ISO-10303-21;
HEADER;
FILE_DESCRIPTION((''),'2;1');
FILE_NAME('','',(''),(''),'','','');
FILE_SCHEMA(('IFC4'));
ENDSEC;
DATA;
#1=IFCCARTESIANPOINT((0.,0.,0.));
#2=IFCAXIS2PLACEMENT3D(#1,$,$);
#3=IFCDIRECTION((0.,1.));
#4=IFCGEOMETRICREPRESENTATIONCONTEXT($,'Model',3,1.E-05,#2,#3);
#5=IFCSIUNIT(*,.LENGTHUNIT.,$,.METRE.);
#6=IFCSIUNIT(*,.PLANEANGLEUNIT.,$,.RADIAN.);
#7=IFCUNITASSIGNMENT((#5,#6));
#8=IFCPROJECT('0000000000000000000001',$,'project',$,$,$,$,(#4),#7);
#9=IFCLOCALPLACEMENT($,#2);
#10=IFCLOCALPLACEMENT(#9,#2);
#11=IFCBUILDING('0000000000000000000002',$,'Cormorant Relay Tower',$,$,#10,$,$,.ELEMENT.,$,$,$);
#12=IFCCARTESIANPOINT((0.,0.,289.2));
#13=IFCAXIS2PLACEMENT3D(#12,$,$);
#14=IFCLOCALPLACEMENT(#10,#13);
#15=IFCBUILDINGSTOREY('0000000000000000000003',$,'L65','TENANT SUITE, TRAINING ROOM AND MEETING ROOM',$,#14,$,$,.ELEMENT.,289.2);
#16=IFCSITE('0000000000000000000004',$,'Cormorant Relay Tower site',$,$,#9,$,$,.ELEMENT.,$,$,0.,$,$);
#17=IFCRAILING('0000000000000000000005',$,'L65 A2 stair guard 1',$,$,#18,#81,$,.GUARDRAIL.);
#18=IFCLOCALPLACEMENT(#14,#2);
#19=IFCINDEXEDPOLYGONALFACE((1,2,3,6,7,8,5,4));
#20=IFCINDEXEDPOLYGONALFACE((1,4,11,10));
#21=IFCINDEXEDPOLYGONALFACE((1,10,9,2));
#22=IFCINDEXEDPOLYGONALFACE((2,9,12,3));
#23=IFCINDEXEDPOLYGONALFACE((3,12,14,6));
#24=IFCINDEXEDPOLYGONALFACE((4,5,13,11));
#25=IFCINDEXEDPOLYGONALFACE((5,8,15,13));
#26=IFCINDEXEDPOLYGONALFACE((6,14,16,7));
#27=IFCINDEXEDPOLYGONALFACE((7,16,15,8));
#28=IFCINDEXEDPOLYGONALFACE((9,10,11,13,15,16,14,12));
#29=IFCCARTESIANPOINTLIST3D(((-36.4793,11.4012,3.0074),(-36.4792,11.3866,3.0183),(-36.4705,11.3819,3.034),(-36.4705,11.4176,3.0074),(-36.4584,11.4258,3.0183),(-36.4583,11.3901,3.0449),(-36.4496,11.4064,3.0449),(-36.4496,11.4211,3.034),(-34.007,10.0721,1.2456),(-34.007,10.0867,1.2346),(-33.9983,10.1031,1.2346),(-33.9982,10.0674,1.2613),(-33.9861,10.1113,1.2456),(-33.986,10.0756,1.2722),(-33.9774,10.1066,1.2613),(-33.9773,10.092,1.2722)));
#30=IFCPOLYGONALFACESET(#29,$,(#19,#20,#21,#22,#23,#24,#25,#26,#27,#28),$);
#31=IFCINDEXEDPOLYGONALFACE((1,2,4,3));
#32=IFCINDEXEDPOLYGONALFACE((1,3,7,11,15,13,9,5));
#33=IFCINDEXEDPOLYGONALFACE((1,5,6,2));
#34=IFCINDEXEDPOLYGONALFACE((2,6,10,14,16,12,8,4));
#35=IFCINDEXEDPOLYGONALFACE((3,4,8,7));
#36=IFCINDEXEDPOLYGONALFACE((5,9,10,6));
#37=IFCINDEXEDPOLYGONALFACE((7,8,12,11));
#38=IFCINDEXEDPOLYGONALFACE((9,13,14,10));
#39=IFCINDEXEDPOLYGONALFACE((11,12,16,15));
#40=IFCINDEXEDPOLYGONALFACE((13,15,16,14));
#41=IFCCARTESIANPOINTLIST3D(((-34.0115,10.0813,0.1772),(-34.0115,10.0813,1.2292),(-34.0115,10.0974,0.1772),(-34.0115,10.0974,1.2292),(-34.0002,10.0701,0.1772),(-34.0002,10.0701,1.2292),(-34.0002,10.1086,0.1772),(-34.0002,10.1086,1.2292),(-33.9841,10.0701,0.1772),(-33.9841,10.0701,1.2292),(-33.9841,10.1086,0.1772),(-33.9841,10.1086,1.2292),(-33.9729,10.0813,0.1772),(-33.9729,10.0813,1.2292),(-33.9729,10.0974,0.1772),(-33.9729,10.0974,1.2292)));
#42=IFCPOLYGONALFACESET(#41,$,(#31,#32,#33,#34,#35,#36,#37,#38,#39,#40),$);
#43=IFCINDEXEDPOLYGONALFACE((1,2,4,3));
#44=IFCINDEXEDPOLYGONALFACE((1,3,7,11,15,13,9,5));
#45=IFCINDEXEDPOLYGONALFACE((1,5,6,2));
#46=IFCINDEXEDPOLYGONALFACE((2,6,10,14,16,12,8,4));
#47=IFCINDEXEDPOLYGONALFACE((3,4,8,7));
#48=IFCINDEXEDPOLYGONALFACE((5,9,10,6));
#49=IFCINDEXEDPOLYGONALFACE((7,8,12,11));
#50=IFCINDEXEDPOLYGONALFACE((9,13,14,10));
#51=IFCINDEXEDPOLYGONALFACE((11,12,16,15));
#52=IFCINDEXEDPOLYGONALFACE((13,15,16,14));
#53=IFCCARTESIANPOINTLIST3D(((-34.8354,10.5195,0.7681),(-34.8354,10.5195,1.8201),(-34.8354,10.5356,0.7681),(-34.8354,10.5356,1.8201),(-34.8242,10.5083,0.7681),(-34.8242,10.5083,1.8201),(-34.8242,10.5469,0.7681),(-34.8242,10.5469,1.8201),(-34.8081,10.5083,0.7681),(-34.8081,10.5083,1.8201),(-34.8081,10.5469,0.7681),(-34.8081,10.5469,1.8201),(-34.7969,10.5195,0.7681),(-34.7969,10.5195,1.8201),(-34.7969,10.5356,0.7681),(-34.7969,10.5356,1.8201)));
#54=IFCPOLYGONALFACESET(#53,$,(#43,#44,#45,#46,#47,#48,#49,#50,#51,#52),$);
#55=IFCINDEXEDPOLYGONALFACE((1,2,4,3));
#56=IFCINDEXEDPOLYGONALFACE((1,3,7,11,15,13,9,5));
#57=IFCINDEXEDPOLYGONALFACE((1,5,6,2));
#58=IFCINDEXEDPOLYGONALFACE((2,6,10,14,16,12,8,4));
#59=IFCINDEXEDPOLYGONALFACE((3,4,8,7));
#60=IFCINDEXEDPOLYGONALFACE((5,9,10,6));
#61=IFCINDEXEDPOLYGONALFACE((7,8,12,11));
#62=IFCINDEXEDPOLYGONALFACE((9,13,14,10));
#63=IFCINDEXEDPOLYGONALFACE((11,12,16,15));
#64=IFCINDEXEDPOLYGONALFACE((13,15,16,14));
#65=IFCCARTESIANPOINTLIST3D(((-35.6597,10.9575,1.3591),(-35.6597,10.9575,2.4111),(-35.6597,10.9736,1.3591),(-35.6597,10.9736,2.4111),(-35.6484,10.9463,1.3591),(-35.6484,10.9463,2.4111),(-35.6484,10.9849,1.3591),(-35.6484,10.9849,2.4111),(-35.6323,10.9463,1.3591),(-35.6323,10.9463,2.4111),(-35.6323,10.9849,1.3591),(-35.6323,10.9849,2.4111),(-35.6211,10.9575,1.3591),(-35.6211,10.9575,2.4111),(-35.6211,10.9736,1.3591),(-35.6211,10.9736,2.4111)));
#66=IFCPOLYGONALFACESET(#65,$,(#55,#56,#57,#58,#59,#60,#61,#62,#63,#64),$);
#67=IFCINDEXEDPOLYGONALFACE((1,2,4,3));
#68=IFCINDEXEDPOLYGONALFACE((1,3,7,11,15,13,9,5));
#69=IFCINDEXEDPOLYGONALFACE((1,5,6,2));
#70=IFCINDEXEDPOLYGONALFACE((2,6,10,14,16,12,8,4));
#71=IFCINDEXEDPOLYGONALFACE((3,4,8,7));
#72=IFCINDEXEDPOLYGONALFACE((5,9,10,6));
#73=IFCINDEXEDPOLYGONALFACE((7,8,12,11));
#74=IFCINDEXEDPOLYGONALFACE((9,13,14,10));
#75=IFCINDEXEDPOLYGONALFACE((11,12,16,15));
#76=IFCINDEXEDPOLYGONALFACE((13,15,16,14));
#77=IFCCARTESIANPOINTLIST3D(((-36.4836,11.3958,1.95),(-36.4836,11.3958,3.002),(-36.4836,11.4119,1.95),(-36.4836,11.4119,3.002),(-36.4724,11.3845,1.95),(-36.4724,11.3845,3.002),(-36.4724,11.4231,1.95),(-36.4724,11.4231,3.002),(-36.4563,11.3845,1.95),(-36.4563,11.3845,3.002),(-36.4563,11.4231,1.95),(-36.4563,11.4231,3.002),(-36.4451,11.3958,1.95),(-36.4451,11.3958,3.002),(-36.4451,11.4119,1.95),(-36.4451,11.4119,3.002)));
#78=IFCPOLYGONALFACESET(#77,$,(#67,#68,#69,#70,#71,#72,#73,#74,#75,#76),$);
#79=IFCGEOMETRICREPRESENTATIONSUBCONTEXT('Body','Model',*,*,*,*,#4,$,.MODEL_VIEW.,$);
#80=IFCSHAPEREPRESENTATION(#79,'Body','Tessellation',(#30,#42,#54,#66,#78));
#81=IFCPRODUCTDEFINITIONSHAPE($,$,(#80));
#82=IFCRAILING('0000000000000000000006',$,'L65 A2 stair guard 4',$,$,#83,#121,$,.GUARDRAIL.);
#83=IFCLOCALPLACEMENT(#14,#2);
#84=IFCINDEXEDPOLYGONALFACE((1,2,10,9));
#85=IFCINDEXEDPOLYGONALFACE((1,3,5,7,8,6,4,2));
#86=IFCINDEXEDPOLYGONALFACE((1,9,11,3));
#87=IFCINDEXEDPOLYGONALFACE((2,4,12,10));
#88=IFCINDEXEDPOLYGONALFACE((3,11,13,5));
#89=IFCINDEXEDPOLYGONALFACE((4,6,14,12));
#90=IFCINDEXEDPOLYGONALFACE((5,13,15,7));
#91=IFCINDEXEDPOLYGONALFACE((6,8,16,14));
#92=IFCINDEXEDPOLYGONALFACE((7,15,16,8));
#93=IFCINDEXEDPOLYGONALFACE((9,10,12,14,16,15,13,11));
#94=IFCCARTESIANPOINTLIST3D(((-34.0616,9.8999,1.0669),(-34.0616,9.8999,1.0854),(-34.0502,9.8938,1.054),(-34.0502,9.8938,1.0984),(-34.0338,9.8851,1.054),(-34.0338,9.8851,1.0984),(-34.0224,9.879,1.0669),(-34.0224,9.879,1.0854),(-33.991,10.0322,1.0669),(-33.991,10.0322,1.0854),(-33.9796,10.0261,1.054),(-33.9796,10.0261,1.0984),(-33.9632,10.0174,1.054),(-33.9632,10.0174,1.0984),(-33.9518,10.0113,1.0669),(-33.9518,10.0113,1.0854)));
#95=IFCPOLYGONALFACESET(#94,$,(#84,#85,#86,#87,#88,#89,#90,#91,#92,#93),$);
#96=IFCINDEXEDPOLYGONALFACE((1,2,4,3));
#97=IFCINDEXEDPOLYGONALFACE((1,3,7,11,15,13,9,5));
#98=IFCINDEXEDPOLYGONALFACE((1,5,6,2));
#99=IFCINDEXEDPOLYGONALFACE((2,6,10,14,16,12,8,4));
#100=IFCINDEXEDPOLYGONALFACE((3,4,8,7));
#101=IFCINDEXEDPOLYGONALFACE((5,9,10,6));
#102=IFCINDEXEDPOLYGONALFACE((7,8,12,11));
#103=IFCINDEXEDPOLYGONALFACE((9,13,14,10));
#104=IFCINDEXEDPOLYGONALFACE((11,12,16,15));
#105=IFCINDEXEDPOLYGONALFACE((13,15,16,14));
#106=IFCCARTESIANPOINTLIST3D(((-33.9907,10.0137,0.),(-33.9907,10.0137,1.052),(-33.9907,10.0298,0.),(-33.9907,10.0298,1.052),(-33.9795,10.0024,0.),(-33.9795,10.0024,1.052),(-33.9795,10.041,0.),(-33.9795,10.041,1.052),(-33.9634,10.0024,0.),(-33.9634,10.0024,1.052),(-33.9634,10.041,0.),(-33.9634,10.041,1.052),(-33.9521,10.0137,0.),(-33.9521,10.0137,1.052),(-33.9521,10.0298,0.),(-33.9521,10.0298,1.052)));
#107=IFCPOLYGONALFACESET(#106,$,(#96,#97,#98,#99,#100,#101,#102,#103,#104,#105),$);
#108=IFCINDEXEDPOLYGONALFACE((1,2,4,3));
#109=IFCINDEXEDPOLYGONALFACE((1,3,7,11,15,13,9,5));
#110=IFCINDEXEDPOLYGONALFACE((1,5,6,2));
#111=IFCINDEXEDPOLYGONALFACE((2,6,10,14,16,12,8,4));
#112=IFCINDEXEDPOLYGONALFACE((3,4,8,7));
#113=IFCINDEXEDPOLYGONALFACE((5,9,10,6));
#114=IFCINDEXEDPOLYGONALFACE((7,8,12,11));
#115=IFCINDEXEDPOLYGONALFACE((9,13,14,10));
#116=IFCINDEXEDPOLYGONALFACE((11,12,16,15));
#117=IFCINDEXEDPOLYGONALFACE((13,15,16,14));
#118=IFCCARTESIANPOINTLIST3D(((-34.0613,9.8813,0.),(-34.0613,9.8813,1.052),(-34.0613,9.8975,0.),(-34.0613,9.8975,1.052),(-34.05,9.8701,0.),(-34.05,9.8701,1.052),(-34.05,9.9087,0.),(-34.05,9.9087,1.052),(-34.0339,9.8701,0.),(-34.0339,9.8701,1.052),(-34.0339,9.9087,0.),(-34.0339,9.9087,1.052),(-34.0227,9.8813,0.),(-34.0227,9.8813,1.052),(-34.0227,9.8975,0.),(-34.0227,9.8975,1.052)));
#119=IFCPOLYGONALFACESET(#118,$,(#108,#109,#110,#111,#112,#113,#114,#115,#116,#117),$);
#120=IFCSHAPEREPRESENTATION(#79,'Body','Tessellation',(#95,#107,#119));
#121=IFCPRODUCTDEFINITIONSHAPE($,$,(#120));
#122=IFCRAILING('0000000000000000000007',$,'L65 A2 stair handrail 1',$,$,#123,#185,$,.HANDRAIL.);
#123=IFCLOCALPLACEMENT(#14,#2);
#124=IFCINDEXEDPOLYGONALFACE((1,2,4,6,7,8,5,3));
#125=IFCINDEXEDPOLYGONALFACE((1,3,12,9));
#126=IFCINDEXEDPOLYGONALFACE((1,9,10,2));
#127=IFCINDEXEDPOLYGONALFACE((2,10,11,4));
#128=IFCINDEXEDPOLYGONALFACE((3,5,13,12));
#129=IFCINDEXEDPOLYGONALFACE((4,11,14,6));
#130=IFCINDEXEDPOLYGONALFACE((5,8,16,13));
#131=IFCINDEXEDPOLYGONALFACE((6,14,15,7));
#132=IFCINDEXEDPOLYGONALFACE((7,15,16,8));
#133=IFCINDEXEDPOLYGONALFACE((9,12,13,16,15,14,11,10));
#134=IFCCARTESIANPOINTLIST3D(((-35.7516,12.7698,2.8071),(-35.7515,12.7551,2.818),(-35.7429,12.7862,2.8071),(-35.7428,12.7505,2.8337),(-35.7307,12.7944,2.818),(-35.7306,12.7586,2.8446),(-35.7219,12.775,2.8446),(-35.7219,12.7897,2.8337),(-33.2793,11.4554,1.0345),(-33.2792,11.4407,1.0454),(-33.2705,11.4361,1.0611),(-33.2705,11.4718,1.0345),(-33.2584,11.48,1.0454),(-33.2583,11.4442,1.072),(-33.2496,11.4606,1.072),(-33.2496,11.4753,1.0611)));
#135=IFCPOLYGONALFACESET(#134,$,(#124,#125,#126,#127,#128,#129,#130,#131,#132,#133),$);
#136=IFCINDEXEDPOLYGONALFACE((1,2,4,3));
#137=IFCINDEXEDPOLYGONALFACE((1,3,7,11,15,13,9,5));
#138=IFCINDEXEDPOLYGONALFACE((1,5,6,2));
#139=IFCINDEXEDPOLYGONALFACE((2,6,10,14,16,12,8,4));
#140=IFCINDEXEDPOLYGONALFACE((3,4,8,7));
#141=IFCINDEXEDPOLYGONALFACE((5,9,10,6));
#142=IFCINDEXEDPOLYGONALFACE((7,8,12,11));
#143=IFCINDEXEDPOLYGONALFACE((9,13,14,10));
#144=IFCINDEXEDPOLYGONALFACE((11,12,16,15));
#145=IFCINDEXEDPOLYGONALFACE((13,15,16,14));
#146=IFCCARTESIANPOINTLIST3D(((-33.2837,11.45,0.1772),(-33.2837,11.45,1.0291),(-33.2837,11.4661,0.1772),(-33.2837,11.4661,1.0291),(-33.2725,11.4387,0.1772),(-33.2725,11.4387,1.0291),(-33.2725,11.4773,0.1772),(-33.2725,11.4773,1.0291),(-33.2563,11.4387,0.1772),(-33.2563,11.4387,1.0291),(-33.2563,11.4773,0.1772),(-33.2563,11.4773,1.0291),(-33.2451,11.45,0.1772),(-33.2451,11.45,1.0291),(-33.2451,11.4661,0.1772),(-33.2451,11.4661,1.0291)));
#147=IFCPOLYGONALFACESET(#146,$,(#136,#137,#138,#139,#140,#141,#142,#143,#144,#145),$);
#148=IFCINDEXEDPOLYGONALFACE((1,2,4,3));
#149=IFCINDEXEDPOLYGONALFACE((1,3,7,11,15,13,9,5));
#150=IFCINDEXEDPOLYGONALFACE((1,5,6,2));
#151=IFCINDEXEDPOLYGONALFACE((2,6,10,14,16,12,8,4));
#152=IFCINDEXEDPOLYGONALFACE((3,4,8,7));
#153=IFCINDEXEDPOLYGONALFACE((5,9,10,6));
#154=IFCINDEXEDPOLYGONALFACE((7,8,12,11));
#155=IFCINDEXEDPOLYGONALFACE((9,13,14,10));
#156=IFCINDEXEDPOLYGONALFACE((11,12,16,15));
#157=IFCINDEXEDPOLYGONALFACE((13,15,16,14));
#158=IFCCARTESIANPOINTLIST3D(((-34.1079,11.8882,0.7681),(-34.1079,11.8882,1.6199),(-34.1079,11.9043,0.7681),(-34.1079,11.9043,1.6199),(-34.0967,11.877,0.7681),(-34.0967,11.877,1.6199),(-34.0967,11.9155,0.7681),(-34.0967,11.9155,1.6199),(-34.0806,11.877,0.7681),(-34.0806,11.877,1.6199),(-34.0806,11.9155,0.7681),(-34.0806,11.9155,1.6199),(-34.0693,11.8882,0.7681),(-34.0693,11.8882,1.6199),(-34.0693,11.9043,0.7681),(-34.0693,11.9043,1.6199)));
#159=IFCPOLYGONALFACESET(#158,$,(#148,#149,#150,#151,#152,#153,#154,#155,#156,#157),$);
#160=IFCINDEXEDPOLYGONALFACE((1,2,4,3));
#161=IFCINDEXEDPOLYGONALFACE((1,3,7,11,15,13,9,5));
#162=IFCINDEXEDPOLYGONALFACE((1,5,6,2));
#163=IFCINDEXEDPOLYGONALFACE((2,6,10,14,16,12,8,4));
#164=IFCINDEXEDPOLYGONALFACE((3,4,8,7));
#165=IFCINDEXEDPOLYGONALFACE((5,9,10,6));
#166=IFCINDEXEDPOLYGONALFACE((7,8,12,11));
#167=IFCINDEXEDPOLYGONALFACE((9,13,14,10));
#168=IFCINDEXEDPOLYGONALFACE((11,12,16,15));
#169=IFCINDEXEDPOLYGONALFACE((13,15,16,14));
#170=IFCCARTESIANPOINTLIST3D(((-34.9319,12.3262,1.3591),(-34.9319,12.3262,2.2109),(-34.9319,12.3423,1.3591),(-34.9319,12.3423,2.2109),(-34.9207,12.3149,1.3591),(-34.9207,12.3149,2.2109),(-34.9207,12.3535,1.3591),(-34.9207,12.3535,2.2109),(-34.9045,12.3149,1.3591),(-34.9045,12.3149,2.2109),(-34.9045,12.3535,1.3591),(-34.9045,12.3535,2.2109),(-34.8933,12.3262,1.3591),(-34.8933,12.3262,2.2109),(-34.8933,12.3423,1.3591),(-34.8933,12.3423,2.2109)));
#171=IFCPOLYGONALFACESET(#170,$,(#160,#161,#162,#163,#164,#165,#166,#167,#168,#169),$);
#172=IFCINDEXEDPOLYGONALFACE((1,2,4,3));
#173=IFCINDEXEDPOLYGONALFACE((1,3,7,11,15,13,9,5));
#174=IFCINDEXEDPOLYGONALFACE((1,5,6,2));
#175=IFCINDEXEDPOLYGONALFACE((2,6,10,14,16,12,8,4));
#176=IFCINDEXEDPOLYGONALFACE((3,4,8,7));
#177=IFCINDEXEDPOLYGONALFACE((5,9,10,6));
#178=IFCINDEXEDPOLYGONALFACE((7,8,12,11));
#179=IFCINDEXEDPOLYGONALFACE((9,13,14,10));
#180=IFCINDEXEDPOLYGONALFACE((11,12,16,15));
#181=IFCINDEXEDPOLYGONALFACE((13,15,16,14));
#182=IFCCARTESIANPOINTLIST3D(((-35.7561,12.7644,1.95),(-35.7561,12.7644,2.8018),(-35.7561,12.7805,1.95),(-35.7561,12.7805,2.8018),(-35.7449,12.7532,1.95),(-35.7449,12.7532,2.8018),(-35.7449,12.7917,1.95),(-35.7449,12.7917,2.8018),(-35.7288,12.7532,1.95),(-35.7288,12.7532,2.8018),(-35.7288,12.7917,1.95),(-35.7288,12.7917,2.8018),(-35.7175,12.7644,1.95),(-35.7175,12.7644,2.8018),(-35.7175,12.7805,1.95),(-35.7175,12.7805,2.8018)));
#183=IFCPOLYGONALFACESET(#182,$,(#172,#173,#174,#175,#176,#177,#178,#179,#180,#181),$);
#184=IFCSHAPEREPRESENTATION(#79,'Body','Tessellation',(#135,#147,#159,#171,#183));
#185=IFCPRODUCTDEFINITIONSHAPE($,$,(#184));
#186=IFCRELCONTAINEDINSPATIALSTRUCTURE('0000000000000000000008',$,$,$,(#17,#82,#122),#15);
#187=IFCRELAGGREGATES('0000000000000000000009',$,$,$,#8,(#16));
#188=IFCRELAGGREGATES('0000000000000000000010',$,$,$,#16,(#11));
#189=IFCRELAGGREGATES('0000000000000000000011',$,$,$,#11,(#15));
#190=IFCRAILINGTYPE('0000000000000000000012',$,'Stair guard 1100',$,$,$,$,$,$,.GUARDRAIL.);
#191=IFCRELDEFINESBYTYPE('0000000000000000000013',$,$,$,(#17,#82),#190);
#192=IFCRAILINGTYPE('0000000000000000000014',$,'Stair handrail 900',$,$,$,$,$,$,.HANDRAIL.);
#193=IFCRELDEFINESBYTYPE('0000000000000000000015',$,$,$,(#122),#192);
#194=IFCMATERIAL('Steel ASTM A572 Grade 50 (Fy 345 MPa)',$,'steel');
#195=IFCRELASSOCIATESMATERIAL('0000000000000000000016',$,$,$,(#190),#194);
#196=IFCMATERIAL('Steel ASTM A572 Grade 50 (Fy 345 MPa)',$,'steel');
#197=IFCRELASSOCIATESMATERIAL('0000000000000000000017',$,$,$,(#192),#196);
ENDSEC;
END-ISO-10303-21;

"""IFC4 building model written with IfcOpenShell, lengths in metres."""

from ifc_helpers import new_model, si_unit, direction, frame, origin, place, context, subcontext, project, spatial, polyline, outline, extrude, material, type_object, element, save


model = new_model("IFC4")

# Units and contexts
model_context = context("Model", 3, precision=1e-05, world=origin(), true_north=direction((0.0, 1.0)))
body_context = subcontext(model_context, "Body", "Model", "MODEL_VIEW")
ifc_project = project(units=[si_unit("LENGTHUNIT", "METRE"), si_unit("PLANEANGLEUNIT", "RADIAN")], contexts=[model_context])

# Site, building, storey
site_placement = place(None, origin())
site = spatial("IfcSite", under=ifc_project, at=site_placement, Name="Cormorant Relay Tower site", CompositionType="ELEMENT", RefElevation=0.0)
building_placement = place(site_placement, origin())
building = spatial("IfcBuilding", under=site, at=building_placement, Name="Cormorant Relay Tower", CompositionType="ELEMENT")
storey_placement = place(building_placement, frame((0.0, 0.0, 289.2)))
storey = spatial("IfcBuildingStorey", under=building, at=storey_placement, Name="L65", Description="TENANT SUITE, TRAINING ROOM AND MEETING ROOM", CompositionType="ELEMENT", Elevation=289.2)

# Railings
ifc_material_1 = material(Name="Steel ASTM A572 Grade 50 (Fy 345 MPa)", Category="steel")
railing_type_1 = type_object("IfcRailingType", Name="Stair guard 1100", PredefinedType="GUARDRAIL", material=ifc_material_1)
railing_1_placement = place(storey_placement, frame((-33.9922, 10.0894, 0.1772)))
element("IfcRailing", 1, at=railing_1_placement, inside=storey, type_object=railing_type_1, Name="L65 A2 stair guard 1", PredefinedType="GUARDRAIL", context=body_context, shape_type="SweptSolid", body=[
    extrude(outline(polyline([(0.0222, 0.0093), (0.0093, 0.0222), (-0.0093, 0.0222), (-0.0222, 0.0093), (-0.0222, -0.0093), (-0.0093, -0.0222), (0.0093, -0.0222), (0.0222, -0.0093), (0.0222, 0.0093)])), frame((0.0, 0.0, 1.0762), z_axis=(-0.746001, 0.396649, 0.534931), x_axis=(-0.469465, -0.882951, 0.0)), (0.0, 0.0, 1.0), 3.314),
    extrude(outline(polyline([(0.0193, 0.0081), (0.0081, 0.0193), (-0.0081, 0.0193), (-0.0193, 0.0081), (-0.0193, -0.0081), (-0.0081, -0.0193), (0.0081, -0.0193), (0.0193, -0.0081), (0.0193, 0.0081)])), origin(), (0.0, 0.0, 1.0), 1.052),
    extrude(outline(polyline([(0.0193, 0.0081), (0.0081, 0.0193), (-0.0081, 0.0193), (-0.0193, 0.0081), (-0.0193, -0.0081), (-0.0081, -0.0193), (0.0081, -0.0193), (0.0193, -0.0081), (0.0193, 0.0081)])), frame((-0.824, 0.4382, 0.5908)), (0.0, 0.0, 1.0), 1.052),
    extrude(outline(polyline([(0.0193, 0.0081), (0.0081, 0.0193), (-0.0081, 0.0193), (-0.0193, 0.0081), (-0.0193, -0.0081), (-0.0081, -0.0193), (0.0081, -0.0193), (0.0193, -0.0081), (0.0193, 0.0081)])), frame((-1.6482, 0.8762, 1.1819)), (0.0, 0.0, 1.0), 1.052),
    extrude(outline(polyline([(0.0193, 0.0081), (0.0081, 0.0193), (-0.0081, 0.0193), (-0.0193, 0.0081), (-0.0193, -0.0081), (-0.0081, -0.0193), (0.0081, -0.0193), (0.0193, -0.0081), (0.0193, 0.0081)])), frame((-2.4722, 1.3145, 1.7727)), (0.0, 0.0, 1.0), 1.052),
])
railing_2_placement = place(storey_placement, frame((-33.9714, 10.0217, 0.0)))
element("IfcRailing", 2, at=railing_2_placement, inside=storey, type_object=railing_type_1, Name="L65 A2 stair guard 4", PredefinedType="GUARDRAIL", context=body_context, shape_type="SweptSolid", body=[
    extrude(outline(polyline([(0.0222, 0.0093), (0.0093, 0.0222), (-0.0093, 0.0222), (-0.0222, 0.0093), (-0.0222, -0.0093), (-0.0093, -0.0222), (0.0093, -0.0222), (0.0222, -0.0093), (0.0222, 0.0093)])), frame((0.0, 0.0, 1.0762), z_axis=(-0.470504, -0.882398, 0.0), x_axis=(0.882398, -0.470504, 0.0)), (0.0, 0.0, 1.0), 0.1499),
    extrude(outline(polyline([(0.0193, 0.0081), (0.0081, 0.0193), (-0.0081, 0.0193), (-0.0193, 0.0081), (-0.0193, -0.0081), (-0.0081, -0.0193), (0.0081, -0.0193), (0.0193, -0.0081), (0.0193, 0.0081)])), origin(), (0.0, 0.0, 1.0), 1.052),
    extrude(outline(polyline([(0.0193, 0.0081), (0.0081, 0.0193), (-0.0081, 0.0193), (-0.0193, 0.0081), (-0.0193, -0.0081), (-0.0081, -0.0193), (0.0081, -0.0193), (0.0193, -0.0081), (0.0193, 0.0081)])), frame((-0.0706, -0.1323, 0.0)), (0.0, 0.0, 1.0), 1.052),
])
ifc_material_2 = material(Name="Steel ASTM A572 Grade 50 (Fy 345 MPa)", Category="steel")
railing_type_2 = type_object("IfcRailingType", Name="Stair handrail 900", PredefinedType="HANDRAIL", material=ifc_material_2)
railing_3_placement = place(storey_placement, frame((-33.2644, 11.458, 0.1772)))
element("IfcRailing", 3, at=railing_3_placement, inside=storey, type_object=railing_type_2, Name="L65 A2 stair handrail 1", PredefinedType="HANDRAIL", context=body_context, shape_type="SweptSolid", body=[
    extrude(outline(polyline([(0.0222, 0.0093), (0.0093, 0.0222), (-0.0093, 0.0222), (-0.0222, 0.0093), (-0.0222, -0.0093), (-0.0093, -0.0222), (0.0093, -0.0222), (0.0222, -0.0093), (0.0222, 0.0093)])), frame((0.0, 0.0, 0.876), z_axis=(-0.746034, 0.396627, 0.534902), x_axis=(-0.469429, -0.88297, 0.0)), (0.0, 0.0, 1.0), 3.314),
    extrude(outline(polyline([(0.0193, 0.0081), (0.0081, 0.0193), (-0.0081, 0.0193), (-0.0193, 0.0081), (-0.0193, -0.0081), (-0.0081, -0.0193), (0.0081, -0.0193), (0.0193, -0.0081), (0.0193, 0.0081)])), origin(), (0.0, 0.0, 1.0), 0.8518),
    extrude(outline(polyline([(0.0193, 0.0081), (0.0081, 0.0193), (-0.0081, 0.0193), (-0.0193, 0.0081), (-0.0193, -0.0081), (-0.0081, -0.0193), (0.0081, -0.0193), (0.0193, -0.0081), (0.0193, 0.0081)])), frame((-0.8242, 0.4382, 0.5908)), (0.0, 0.0, 1.0), 0.8518),
    extrude(outline(polyline([(0.0193, 0.0081), (0.0081, 0.0193), (-0.0081, 0.0193), (-0.0193, 0.0081), (-0.0193, -0.0081), (-0.0081, -0.0193), (0.0081, -0.0193), (0.0193, -0.0081), (0.0193, 0.0081)])), frame((-1.6482, 0.8762, 1.1819)), (0.0, 0.0, 1.0), 0.8518),
    extrude(outline(polyline([(0.0193, 0.0081), (0.0081, 0.0193), (-0.0081, 0.0193), (-0.0193, 0.0081), (-0.0193, -0.0081), (-0.0081, -0.0193), (0.0081, -0.0193), (0.0193, -0.0081), (0.0193, 0.0081)])), frame((-2.4724, 1.3145, 1.7727)), (0.0, 0.0, 1.0), 0.8518),
])

save(model, "model.ifc")
